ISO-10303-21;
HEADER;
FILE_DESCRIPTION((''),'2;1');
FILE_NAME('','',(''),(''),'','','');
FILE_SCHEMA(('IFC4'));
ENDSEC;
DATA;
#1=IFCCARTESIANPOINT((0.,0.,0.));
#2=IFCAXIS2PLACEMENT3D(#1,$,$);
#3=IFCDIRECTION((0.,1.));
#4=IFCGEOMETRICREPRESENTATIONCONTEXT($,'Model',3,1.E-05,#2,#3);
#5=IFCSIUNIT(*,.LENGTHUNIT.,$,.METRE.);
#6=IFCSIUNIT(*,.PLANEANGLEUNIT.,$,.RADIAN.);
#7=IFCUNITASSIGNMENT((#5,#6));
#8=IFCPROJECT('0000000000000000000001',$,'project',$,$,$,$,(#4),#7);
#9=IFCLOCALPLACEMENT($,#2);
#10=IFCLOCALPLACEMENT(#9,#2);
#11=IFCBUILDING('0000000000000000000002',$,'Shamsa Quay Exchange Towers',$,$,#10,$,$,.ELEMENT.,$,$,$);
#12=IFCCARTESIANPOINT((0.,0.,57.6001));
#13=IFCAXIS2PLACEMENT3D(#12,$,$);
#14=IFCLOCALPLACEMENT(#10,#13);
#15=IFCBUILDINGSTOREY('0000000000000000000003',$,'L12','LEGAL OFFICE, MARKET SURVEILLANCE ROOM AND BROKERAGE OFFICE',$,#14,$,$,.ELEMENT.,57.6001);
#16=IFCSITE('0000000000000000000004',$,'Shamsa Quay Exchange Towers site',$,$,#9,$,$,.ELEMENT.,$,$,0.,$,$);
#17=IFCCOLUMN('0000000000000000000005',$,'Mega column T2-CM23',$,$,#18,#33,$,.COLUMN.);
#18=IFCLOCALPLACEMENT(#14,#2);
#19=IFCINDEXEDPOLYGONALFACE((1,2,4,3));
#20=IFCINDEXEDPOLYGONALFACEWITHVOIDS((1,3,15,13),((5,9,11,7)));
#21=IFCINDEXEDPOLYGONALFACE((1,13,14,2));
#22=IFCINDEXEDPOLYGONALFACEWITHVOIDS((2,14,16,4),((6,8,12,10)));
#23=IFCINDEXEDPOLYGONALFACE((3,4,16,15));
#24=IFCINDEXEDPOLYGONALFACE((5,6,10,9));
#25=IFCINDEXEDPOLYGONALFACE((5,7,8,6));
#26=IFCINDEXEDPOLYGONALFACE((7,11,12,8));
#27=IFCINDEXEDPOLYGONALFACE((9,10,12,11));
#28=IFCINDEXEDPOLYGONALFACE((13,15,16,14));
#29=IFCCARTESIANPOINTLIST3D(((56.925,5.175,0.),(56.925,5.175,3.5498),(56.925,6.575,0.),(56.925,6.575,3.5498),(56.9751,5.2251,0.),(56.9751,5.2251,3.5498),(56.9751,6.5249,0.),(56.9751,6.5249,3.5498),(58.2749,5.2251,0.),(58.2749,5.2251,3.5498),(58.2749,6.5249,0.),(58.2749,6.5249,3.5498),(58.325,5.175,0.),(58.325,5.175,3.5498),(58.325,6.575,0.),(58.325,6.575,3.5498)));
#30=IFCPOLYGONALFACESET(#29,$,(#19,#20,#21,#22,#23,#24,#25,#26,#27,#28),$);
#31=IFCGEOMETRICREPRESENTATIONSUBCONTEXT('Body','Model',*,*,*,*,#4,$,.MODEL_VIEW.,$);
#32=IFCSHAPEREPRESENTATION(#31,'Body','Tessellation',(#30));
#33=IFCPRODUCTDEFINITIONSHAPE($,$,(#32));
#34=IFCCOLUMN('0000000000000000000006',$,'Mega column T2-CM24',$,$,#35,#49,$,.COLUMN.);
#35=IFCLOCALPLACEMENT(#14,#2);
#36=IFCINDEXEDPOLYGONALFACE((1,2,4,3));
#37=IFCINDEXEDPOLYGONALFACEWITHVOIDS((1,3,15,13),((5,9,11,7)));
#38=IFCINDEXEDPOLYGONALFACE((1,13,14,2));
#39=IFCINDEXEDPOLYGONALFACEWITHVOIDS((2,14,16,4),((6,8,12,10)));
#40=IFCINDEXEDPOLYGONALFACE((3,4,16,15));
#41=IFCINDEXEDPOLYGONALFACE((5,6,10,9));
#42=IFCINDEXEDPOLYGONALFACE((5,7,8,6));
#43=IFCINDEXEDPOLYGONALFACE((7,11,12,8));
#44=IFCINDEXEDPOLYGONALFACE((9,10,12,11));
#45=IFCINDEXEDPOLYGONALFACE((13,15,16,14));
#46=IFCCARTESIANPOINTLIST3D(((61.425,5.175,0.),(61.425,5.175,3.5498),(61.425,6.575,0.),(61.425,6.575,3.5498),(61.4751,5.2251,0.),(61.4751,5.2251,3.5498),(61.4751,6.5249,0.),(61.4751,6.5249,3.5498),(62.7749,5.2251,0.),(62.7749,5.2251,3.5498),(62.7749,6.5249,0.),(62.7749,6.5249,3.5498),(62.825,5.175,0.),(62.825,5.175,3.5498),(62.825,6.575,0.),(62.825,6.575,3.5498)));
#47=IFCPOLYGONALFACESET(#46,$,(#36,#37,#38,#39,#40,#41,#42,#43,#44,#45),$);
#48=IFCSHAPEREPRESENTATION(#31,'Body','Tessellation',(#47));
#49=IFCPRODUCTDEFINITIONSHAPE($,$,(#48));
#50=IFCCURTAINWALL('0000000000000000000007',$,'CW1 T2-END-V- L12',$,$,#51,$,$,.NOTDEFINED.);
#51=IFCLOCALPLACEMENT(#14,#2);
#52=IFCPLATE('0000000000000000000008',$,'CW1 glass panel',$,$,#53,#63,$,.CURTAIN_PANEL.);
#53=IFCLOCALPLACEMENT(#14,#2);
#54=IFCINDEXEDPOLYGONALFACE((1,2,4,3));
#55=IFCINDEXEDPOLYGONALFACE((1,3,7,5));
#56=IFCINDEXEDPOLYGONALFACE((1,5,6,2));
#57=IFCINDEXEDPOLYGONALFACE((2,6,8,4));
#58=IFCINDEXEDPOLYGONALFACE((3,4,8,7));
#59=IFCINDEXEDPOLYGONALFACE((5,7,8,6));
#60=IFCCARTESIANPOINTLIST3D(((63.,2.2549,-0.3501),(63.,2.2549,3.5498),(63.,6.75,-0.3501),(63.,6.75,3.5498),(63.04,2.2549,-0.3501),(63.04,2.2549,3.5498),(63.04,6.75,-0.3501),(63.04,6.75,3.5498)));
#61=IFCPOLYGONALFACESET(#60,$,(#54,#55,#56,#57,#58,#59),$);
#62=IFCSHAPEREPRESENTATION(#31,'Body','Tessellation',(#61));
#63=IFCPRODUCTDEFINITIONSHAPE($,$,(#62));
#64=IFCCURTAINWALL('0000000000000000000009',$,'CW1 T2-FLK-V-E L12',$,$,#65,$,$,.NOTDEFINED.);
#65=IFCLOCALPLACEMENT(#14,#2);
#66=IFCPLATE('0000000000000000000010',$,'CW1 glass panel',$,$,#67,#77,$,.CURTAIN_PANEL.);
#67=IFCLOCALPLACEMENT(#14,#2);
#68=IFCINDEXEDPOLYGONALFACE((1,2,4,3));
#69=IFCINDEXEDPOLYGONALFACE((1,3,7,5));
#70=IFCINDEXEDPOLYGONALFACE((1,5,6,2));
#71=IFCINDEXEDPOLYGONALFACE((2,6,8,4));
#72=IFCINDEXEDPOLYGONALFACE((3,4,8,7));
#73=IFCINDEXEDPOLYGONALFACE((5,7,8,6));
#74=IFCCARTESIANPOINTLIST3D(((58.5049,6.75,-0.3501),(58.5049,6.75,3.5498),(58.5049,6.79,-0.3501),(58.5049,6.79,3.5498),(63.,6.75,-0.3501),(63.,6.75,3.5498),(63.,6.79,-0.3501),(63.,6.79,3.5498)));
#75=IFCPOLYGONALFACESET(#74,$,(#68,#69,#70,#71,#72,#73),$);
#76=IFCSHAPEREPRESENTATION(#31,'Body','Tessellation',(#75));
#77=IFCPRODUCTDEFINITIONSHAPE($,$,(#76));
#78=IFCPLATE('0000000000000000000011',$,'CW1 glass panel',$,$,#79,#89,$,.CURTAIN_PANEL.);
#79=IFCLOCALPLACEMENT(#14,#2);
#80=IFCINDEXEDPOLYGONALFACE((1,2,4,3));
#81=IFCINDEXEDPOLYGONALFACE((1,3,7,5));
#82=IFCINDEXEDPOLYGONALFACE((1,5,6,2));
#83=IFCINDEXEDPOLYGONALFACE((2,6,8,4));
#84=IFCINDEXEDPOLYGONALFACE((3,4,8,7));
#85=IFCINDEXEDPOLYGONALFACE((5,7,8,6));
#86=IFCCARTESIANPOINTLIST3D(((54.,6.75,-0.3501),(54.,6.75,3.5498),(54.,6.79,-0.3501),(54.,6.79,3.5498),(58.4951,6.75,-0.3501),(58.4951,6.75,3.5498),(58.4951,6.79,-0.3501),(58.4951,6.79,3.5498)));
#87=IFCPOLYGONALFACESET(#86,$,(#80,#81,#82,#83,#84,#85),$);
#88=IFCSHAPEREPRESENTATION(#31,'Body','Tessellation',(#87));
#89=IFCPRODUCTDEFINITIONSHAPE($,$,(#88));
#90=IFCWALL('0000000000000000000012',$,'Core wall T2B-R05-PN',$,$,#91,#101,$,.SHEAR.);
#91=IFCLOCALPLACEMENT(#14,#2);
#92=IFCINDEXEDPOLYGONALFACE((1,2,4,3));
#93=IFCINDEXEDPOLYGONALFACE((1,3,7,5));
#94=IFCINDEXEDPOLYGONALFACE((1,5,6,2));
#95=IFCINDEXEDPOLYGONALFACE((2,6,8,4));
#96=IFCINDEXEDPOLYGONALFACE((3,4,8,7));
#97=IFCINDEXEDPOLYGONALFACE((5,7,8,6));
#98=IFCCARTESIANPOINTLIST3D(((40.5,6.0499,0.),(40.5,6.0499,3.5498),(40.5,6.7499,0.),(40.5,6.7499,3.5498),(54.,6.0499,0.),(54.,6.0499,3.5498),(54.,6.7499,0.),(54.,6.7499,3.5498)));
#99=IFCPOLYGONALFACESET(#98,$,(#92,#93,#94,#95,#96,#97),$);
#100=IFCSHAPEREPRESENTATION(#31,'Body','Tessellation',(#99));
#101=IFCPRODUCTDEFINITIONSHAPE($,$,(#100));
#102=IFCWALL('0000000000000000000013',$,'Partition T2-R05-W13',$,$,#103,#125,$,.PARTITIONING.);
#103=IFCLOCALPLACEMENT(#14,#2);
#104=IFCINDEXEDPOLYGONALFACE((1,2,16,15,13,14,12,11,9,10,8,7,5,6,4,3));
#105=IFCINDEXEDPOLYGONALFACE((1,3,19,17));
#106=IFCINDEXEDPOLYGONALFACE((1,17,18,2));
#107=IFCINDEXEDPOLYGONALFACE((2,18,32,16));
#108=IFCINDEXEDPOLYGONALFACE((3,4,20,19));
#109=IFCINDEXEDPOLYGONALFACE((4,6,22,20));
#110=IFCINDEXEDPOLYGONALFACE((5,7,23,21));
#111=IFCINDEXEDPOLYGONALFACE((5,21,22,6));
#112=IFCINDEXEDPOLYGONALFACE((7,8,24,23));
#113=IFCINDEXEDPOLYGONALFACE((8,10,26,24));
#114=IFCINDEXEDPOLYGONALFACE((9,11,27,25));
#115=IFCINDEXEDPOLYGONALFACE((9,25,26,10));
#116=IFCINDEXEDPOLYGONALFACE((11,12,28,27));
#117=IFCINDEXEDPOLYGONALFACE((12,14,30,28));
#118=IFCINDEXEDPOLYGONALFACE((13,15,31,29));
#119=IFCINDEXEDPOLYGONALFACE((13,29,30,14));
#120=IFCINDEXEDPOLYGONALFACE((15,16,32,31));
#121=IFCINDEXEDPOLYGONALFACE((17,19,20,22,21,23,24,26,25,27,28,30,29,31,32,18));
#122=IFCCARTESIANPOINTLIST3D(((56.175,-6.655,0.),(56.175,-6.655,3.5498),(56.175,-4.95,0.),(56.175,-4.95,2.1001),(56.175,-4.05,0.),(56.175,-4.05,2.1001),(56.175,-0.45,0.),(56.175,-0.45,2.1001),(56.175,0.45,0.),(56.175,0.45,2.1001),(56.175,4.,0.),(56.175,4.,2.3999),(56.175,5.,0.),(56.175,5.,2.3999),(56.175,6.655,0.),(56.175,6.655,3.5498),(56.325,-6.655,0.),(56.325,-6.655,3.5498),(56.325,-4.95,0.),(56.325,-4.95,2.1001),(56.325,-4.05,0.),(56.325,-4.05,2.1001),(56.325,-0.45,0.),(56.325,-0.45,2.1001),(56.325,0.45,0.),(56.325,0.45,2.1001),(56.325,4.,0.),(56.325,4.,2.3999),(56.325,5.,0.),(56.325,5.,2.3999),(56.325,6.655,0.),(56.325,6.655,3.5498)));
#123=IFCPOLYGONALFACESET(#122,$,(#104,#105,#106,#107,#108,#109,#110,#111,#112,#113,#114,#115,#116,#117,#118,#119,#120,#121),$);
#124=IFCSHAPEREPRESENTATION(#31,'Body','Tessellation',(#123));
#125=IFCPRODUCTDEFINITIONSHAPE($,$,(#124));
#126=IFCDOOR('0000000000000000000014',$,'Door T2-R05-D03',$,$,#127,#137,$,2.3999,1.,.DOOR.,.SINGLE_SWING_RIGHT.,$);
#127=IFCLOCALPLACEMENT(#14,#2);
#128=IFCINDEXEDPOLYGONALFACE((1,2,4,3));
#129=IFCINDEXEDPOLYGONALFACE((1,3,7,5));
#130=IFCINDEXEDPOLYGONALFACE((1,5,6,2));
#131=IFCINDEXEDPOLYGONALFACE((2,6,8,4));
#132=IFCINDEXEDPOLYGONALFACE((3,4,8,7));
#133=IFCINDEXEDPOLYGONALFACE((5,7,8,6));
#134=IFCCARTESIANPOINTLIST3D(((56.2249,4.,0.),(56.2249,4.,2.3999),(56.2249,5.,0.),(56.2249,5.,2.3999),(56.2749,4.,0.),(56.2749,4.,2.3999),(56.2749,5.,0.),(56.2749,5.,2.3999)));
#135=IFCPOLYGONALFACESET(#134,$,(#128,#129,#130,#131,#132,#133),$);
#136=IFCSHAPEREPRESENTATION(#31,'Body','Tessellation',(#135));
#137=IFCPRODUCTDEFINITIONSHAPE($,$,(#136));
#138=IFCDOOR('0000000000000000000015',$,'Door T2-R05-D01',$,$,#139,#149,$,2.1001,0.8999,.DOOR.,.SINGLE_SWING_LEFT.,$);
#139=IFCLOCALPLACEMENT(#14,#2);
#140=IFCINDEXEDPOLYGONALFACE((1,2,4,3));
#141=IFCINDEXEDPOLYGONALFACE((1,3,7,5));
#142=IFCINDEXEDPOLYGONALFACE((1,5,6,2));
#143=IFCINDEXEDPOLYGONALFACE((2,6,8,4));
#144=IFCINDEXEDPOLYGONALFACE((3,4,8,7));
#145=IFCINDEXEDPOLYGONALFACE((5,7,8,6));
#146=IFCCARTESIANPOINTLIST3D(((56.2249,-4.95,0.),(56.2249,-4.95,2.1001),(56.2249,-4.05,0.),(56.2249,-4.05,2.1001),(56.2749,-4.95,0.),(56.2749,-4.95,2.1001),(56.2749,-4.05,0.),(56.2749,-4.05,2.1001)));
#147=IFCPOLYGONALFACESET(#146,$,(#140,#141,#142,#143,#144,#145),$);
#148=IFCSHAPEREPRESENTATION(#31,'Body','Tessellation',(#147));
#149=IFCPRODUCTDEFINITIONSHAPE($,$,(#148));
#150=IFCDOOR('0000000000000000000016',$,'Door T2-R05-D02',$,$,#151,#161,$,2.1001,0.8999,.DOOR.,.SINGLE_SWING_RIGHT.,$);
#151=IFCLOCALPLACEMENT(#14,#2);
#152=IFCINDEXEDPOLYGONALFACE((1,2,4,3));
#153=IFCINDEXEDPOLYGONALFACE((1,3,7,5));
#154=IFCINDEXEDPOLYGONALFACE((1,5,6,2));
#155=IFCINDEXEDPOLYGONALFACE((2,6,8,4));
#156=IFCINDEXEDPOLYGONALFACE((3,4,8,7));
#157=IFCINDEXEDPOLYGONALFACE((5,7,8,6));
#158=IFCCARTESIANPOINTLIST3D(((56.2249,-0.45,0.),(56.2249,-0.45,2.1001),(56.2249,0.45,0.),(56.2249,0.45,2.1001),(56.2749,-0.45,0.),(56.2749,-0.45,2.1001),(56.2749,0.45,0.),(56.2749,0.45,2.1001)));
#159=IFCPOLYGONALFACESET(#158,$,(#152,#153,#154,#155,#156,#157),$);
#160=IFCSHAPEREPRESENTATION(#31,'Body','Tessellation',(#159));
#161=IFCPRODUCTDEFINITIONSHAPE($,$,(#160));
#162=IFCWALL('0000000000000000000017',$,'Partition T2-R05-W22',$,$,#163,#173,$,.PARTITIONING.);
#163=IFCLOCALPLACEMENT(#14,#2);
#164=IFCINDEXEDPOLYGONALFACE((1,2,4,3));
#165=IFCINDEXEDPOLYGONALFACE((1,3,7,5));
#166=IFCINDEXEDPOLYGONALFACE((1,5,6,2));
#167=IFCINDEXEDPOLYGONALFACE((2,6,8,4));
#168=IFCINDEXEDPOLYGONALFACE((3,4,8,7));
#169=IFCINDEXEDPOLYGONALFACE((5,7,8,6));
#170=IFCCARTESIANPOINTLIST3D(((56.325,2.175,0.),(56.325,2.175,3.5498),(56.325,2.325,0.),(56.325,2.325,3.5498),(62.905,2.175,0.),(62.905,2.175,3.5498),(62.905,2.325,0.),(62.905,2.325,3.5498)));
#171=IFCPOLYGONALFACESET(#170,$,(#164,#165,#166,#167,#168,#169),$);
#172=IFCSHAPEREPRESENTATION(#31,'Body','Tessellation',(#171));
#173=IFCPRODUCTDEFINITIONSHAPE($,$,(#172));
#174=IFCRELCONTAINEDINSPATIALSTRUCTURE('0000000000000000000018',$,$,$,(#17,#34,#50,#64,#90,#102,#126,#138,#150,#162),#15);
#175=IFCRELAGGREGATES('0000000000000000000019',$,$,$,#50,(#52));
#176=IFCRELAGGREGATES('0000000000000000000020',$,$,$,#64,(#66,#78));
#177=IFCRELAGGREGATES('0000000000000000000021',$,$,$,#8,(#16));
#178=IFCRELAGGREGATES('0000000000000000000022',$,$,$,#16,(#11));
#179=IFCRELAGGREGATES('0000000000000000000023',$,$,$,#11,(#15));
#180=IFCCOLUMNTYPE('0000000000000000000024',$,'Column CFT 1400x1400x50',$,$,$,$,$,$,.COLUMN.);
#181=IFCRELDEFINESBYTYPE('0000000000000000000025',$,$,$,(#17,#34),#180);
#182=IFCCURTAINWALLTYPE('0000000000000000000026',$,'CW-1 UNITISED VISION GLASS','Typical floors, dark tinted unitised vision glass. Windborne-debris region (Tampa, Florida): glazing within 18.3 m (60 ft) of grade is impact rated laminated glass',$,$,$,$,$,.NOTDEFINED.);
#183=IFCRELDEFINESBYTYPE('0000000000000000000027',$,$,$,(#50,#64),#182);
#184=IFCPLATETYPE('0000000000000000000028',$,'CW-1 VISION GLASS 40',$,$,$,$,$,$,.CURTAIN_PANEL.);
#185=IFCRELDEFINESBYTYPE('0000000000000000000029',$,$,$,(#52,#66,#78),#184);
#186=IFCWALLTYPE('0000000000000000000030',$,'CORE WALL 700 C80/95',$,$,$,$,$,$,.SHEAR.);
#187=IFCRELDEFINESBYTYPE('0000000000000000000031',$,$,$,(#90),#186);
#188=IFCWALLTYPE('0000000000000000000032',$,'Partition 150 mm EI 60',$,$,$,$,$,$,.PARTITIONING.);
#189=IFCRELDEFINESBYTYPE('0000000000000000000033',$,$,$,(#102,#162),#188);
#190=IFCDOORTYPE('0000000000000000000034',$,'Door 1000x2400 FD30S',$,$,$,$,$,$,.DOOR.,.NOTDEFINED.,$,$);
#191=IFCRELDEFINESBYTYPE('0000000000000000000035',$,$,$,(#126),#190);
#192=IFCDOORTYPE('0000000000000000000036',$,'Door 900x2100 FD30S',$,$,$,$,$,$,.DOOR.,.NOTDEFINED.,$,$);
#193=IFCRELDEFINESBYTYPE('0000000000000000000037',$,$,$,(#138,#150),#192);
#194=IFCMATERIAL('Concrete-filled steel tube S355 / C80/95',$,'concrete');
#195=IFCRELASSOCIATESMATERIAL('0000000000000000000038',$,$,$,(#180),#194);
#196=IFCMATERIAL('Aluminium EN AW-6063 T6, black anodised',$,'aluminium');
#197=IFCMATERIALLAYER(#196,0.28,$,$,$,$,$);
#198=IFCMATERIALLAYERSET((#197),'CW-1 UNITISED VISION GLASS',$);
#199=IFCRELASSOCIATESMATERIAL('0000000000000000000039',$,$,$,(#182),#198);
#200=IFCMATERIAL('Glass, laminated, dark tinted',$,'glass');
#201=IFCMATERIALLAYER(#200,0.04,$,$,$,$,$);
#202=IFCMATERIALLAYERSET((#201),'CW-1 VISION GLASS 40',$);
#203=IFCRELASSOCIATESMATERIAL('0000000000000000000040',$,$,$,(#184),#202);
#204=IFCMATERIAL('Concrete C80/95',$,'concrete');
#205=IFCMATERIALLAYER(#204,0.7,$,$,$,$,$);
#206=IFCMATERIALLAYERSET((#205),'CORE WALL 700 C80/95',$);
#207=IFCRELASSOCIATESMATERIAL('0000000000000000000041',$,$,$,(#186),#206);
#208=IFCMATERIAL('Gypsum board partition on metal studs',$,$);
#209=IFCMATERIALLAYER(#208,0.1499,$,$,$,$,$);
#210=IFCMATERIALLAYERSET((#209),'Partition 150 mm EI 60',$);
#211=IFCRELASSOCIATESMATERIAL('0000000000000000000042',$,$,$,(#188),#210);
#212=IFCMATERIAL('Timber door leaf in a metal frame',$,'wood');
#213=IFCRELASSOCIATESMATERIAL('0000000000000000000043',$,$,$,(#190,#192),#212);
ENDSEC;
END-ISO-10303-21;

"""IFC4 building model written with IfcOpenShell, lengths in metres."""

from ifc_helpers import new_model, si_unit, direction, frame, frame_2d, origin, origin_2d, place, context, subcontext, project, spatial, rectangle, hollow_rectangle, extrude, material, layer, layer_set, material_profile, profile_set, type_object, element, fill, aggregate, save


model = new_model("IFC4")

# Units and contexts
model_context = context("Model", 3, precision=1e-05, world=origin(), true_north=direction((0.0, 1.0)))
body_context = subcontext(model_context, "Body", "Model", "MODEL_VIEW")
ifc_project = project(units=[si_unit("LENGTHUNIT", "METRE"), si_unit("PLANEANGLEUNIT", "RADIAN")], contexts=[model_context])

# Site, building, storey
site_placement = place(None, origin())
site = spatial("IfcSite", under=ifc_project, at=site_placement, Name="Shamsa Quay Exchange Towers site", CompositionType="ELEMENT", RefElevation=0.0)
building_placement = place(site_placement, origin())
building = spatial("IfcBuilding", under=site, at=building_placement, Name="Shamsa Quay Exchange Towers", CompositionType="ELEMENT")
storey_placement = place(building_placement, frame((0.0, 0.0, 57.6001)))
storey = spatial("IfcBuildingStorey", under=building, at=storey_placement, Name="L12", Description="LEGAL OFFICE, MARKET SURVEILLANCE ROOM AND BROKERAGE OFFICE", CompositionType="ELEMENT", Elevation=57.6001)

# Columns
ifc_material_1 = material(Name="Concrete-filled steel tube S355 / C80/95", Category="concrete")
ifc_material_profile_1 = material_profile(ifc_material_1, hollow_rectangle(XDim=1.3999, YDim=1.3999, WallThickness=0.05, at=origin_2d()), Name="CFT 1400x1400x50")
ifc_profile_set_1 = profile_set([ifc_material_profile_1], Name="Concrete-filled steel tube S355 / C80/95")
column_type = type_object("IfcColumnType", Name="Column CFT 1400x1400x50", PredefinedType="COLUMN", material=ifc_profile_set_1)
for number, where, name in (
    (1, (57.625, 5.875, 0.0), "Mega column T2-CM23"),
    (2, (62.125, 5.875, 0.0), "Mega column T2-CM24"),
):
    element("IfcColumn", number, at=place(storey_placement, frame(where)), inside=storey, type_object=column_type, Name=name, PredefinedType="COLUMN", context=body_context, shape_type="SweptSolid", body=[
        extrude(hollow_rectangle(XDim=1.3999, YDim=1.3999, WallThickness=0.05, at=origin_2d()), origin(), (0.0, 0.0, 1.0), 3.5498),
    ])

# Curtain wall, plate
ifc_material_2 = material(Name="Aluminium EN AW-6063 T6, black anodised", Category="aluminium")
ifc_layer_1 = layer(ifc_material_2, 0.28)
ifc_layer_set_1 = layer_set([ifc_layer_1], Name="CW-1 UNITISED VISION GLASS")
curtain_wall_type = type_object("IfcCurtainWallType", Name="CW-1 UNITISED VISION GLASS", Description="Typical floors, dark tinted unitised vision glass. Windborne-debris region (Tampa, Florida): glazing within 18.3 m (60 ft) of grade is impact rated laminated glass", PredefinedType="NOTDEFINED", material=ifc_layer_set_1)
curtain_wall_1_placement = place(storey_placement, origin())
curtain_wall_1 = element("IfcCurtainWall", 3, at=curtain_wall_1_placement, inside=storey, type_object=curtain_wall_type, Name="CW1 T2-END-V- L12", PredefinedType="NOTDEFINED")
ifc_material_3 = material(Name="Glass, laminated, dark tinted", Category="glass")
ifc_layer_2 = layer(ifc_material_3, 0.04)
ifc_layer_set_2 = layer_set([ifc_layer_2], Name="CW-1 VISION GLASS 40")
plate_type = type_object("IfcPlateType", Name="CW-1 VISION GLASS 40", PredefinedType="CURTAIN_PANEL", material=ifc_layer_set_2)
plate_1_placement = place(storey_placement, frame((63.02, 4.5024, -0.3501), z_axis=(0.0, 0.0, 1.0), x_axis=(0.0, 1.0, 0.0)))
plate_1 = element("IfcPlate", 4, at=plate_1_placement, type_object=plate_type, Name="CW1 glass panel", PredefinedType="CURTAIN_PANEL", context=body_context, shape_type="SweptSolid", body=[
    extrude(rectangle(XDim=4.4951, YDim=0.04, at=origin_2d()), origin(), (0.0, 0.0, 1.0), 3.8999),
])
aggregate(curtain_wall_1, [plate_1])

# Curtain wall, plates
curtain_wall_2_placement = place(storey_placement, origin())
curtain_wall_2 = element("IfcCurtainWall", 5, at=curtain_wall_2_placement, inside=storey, type_object=curtain_wall_type, Name="CW1 T2-FLK-V-E L12", PredefinedType="NOTDEFINED")
plate_2_placement = place(storey_placement, frame((60.7524, 6.77, -0.3501), z_axis=(0.0, 0.0, 1.0), x_axis=(-1.0, 0.0, 0.0)))
plate_2 = element("IfcPlate", 6, at=plate_2_placement, type_object=plate_type, Name="CW1 glass panel", PredefinedType="CURTAIN_PANEL", context=body_context, shape_type="SweptSolid", body=[
    extrude(rectangle(XDim=4.4951, YDim=0.04, at=origin_2d()), origin(), (0.0, 0.0, 1.0), 3.8999),
])
plate_3_placement = place(storey_placement, frame((56.2476, 6.77, -0.3501), z_axis=(0.0, 0.0, 1.0), x_axis=(-1.0, 0.0, 0.0)))
plate_3 = element("IfcPlate", 7, at=plate_3_placement, type_object=plate_type, Name="CW1 glass panel", PredefinedType="CURTAIN_PANEL", context=body_context, shape_type="SweptSolid", body=[
    extrude(rectangle(XDim=4.4951, YDim=0.04, at=origin_2d()), origin(), (0.0, 0.0, 1.0), 3.8999),
])
aggregate(curtain_wall_2, [plate_2, plate_3])

# Wall
ifc_material_4 = material(Name="Concrete C80/95", Category="concrete")
ifc_layer_3 = layer(ifc_material_4, 0.7)
ifc_layer_set_3 = layer_set([ifc_layer_3], Name="CORE WALL 700 C80/95")
wall_type_1 = type_object("IfcWallType", Name="CORE WALL 700 C80/95", PredefinedType="SHEAR", material=ifc_layer_set_3)
wall_1_placement = place(storey_placement, frame((54.0, 6.3999, 0.0), z_axis=(0.0, 0.0, 1.0), x_axis=(-1.0, 0.0, 0.0)))
element("IfcWall", 8, at=wall_1_placement, inside=storey, type_object=wall_type_1, Name="Core wall T2B-R05-PN", PredefinedType="SHEAR", context=body_context, shape_type="SweptSolid", body=[
    extrude(rectangle(XDim=13.5, YDim=0.7, at=frame_2d((6.75, 0.0))), origin(), (0.0, 0.0, 1.0), 3.5498),
])

# Wall, openings, doors
ifc_material_5 = material(Name="Gypsum board partition on metal studs")
ifc_layer_4 = layer(ifc_material_5, 0.1499)
ifc_layer_set_4 = layer_set([ifc_layer_4], Name="Partition 150 mm EI 60")
wall_type_2 = type_object("IfcWallType", Name="Partition 150 mm EI 60", PredefinedType="PARTITIONING", material=ifc_layer_set_4)
wall_2_placement = place(storey_placement, frame((56.25, 6.655, 0.0), z_axis=(0.0, 0.0, 1.0), x_axis=(0.0, -1.0, 0.0)))
wall_2 = element("IfcWall", 9, at=wall_2_placement, inside=storey, type_object=wall_type_2, Name="Partition T2-R05-W13", PredefinedType="PARTITIONING", context=body_context, shape_type="SweptSolid", body=[
    extrude(rectangle(XDim=13.3101, YDim=0.1499, at=frame_2d((6.655, 0.0))), origin(), (0.0, 0.0, 1.0), 3.5498),
])
opening_1_placement = place(wall_2_placement, frame((10.7051, 0.0, 0.0)))
opening_1 = element("IfcOpeningElement", 10, at=opening_1_placement, cuts=wall_2, PredefinedType="OPENING", context=body_context, shape_type="SweptSolid", body=[
    extrude(rectangle(XDim=0.8999, YDim=2.1001, at=frame_2d((0.45, 1.05))), frame((0.0, 0.085, 0.0), z_axis=(0.0, -1.0, 0.0), x_axis=(1.0, 0.0, 0.0)), (0.0, 0.0, 1.0), 0.1699),
])
opening_2_placement = place(wall_2_placement, frame((6.2051, 0.0, 0.0)))
opening_2 = element("IfcOpeningElement", 11, at=opening_2_placement, cuts=wall_2, PredefinedType="OPENING", context=body_context, shape_type="SweptSolid", body=[
    extrude(rectangle(XDim=0.8999, YDim=2.1001, at=frame_2d((0.45, 1.05))), frame((0.0, 0.085, 0.0), z_axis=(0.0, -1.0, 0.0), x_axis=(1.0, 0.0, 0.0)), (0.0, 0.0, 1.0), 0.1699),
])
opening_3_placement = place(wall_2_placement, frame((1.655, 0.0, 0.0)))
opening_3 = element("IfcOpeningElement", 12, at=opening_3_placement, cuts=wall_2, PredefinedType="OPENING", context=body_context, shape_type="SweptSolid", body=[
    extrude(rectangle(XDim=1.0, YDim=2.3999, at=frame_2d((0.5, 1.2))), frame((0.0, 0.085, 0.0), z_axis=(0.0, -1.0, 0.0), x_axis=(1.0, 0.0, 0.0)), (0.0, 0.0, 1.0), 0.1699),
])
ifc_material_6 = material(Name="Timber door leaf in a metal frame", Category="wood")
door_type_1 = type_object("IfcDoorType", Name="Door 1000x2400 FD30S", OperationType="NOTDEFINED", PredefinedType="DOOR", material=ifc_material_6)
door_1_placement = place(opening_3_placement, origin())
door_1 = element("IfcDoor", 13, at=door_1_placement, inside=storey, type_object=door_type_1, Name="Door T2-R05-D03", OperationType="SINGLE_SWING_RIGHT", OverallHeight=2.3999, OverallWidth=1.0, PredefinedType="DOOR", context=body_context, shape_type="SweptSolid", body=[
    extrude(rectangle(XDim=1.0, YDim=2.3999, at=frame_2d((0.5, 1.2))), frame((0.0, 0.0249, 0.0), z_axis=(0.0, -1.0, 0.0), x_axis=(1.0, 0.0, 0.0)), (0.0, 0.0, 1.0), 0.05),
])
fill(opening_3, door_1)
door_type_2 = type_object("IfcDoorType", Name="Door 900x2100 FD30S", OperationType="NOTDEFINED", PredefinedType="DOOR", material=ifc_material_6)
door_2_placement = place(opening_1_placement, origin())
door_2 = element("IfcDoor", 14, at=door_2_placement, inside=storey, type_object=door_type_2, Name="Door T2-R05-D01", OperationType="SINGLE_SWING_LEFT", OverallHeight=2.1001, OverallWidth=0.8999, PredefinedType="DOOR", context=body_context, shape_type="SweptSolid", body=[
    extrude(rectangle(XDim=0.8999, YDim=2.1001, at=frame_2d((0.45, 1.05))), frame((0.0, 0.0249, 0.0), z_axis=(0.0, -1.0, 0.0), x_axis=(1.0, 0.0, 0.0)), (0.0, 0.0, 1.0), 0.05),
])
fill(opening_1, door_2)
door_3_placement = place(opening_2_placement, origin())
door_3 = element("IfcDoor", 15, at=door_3_placement, inside=storey, type_object=door_type_2, Name="Door T2-R05-D02", OperationType="SINGLE_SWING_RIGHT", OverallHeight=2.1001, OverallWidth=0.8999, PredefinedType="DOOR", context=body_context, shape_type="SweptSolid", body=[
    extrude(rectangle(XDim=0.8999, YDim=2.1001, at=frame_2d((0.45, 1.05))), frame((0.0, 0.0249, 0.0), z_axis=(0.0, -1.0, 0.0), x_axis=(1.0, 0.0, 0.0)), (0.0, 0.0, 1.0), 0.05),
])
fill(opening_2, door_3)

# Wall
wall_3_placement = place(storey_placement, frame((62.905, 2.25, 0.0), z_axis=(0.0, 0.0, 1.0), x_axis=(-1.0, 0.0, 0.0)))
element("IfcWall", 16, at=wall_3_placement, inside=storey, type_object=wall_type_2, Name="Partition T2-R05-W22", PredefinedType="PARTITIONING", context=body_context, shape_type="SweptSolid", body=[
    extrude(rectangle(XDim=6.5801, YDim=0.1499, at=frame_2d((3.29, 0.0))), origin(), (0.0, 0.0, 1.0), 3.5498),
])

save(model, "model.ifc")
